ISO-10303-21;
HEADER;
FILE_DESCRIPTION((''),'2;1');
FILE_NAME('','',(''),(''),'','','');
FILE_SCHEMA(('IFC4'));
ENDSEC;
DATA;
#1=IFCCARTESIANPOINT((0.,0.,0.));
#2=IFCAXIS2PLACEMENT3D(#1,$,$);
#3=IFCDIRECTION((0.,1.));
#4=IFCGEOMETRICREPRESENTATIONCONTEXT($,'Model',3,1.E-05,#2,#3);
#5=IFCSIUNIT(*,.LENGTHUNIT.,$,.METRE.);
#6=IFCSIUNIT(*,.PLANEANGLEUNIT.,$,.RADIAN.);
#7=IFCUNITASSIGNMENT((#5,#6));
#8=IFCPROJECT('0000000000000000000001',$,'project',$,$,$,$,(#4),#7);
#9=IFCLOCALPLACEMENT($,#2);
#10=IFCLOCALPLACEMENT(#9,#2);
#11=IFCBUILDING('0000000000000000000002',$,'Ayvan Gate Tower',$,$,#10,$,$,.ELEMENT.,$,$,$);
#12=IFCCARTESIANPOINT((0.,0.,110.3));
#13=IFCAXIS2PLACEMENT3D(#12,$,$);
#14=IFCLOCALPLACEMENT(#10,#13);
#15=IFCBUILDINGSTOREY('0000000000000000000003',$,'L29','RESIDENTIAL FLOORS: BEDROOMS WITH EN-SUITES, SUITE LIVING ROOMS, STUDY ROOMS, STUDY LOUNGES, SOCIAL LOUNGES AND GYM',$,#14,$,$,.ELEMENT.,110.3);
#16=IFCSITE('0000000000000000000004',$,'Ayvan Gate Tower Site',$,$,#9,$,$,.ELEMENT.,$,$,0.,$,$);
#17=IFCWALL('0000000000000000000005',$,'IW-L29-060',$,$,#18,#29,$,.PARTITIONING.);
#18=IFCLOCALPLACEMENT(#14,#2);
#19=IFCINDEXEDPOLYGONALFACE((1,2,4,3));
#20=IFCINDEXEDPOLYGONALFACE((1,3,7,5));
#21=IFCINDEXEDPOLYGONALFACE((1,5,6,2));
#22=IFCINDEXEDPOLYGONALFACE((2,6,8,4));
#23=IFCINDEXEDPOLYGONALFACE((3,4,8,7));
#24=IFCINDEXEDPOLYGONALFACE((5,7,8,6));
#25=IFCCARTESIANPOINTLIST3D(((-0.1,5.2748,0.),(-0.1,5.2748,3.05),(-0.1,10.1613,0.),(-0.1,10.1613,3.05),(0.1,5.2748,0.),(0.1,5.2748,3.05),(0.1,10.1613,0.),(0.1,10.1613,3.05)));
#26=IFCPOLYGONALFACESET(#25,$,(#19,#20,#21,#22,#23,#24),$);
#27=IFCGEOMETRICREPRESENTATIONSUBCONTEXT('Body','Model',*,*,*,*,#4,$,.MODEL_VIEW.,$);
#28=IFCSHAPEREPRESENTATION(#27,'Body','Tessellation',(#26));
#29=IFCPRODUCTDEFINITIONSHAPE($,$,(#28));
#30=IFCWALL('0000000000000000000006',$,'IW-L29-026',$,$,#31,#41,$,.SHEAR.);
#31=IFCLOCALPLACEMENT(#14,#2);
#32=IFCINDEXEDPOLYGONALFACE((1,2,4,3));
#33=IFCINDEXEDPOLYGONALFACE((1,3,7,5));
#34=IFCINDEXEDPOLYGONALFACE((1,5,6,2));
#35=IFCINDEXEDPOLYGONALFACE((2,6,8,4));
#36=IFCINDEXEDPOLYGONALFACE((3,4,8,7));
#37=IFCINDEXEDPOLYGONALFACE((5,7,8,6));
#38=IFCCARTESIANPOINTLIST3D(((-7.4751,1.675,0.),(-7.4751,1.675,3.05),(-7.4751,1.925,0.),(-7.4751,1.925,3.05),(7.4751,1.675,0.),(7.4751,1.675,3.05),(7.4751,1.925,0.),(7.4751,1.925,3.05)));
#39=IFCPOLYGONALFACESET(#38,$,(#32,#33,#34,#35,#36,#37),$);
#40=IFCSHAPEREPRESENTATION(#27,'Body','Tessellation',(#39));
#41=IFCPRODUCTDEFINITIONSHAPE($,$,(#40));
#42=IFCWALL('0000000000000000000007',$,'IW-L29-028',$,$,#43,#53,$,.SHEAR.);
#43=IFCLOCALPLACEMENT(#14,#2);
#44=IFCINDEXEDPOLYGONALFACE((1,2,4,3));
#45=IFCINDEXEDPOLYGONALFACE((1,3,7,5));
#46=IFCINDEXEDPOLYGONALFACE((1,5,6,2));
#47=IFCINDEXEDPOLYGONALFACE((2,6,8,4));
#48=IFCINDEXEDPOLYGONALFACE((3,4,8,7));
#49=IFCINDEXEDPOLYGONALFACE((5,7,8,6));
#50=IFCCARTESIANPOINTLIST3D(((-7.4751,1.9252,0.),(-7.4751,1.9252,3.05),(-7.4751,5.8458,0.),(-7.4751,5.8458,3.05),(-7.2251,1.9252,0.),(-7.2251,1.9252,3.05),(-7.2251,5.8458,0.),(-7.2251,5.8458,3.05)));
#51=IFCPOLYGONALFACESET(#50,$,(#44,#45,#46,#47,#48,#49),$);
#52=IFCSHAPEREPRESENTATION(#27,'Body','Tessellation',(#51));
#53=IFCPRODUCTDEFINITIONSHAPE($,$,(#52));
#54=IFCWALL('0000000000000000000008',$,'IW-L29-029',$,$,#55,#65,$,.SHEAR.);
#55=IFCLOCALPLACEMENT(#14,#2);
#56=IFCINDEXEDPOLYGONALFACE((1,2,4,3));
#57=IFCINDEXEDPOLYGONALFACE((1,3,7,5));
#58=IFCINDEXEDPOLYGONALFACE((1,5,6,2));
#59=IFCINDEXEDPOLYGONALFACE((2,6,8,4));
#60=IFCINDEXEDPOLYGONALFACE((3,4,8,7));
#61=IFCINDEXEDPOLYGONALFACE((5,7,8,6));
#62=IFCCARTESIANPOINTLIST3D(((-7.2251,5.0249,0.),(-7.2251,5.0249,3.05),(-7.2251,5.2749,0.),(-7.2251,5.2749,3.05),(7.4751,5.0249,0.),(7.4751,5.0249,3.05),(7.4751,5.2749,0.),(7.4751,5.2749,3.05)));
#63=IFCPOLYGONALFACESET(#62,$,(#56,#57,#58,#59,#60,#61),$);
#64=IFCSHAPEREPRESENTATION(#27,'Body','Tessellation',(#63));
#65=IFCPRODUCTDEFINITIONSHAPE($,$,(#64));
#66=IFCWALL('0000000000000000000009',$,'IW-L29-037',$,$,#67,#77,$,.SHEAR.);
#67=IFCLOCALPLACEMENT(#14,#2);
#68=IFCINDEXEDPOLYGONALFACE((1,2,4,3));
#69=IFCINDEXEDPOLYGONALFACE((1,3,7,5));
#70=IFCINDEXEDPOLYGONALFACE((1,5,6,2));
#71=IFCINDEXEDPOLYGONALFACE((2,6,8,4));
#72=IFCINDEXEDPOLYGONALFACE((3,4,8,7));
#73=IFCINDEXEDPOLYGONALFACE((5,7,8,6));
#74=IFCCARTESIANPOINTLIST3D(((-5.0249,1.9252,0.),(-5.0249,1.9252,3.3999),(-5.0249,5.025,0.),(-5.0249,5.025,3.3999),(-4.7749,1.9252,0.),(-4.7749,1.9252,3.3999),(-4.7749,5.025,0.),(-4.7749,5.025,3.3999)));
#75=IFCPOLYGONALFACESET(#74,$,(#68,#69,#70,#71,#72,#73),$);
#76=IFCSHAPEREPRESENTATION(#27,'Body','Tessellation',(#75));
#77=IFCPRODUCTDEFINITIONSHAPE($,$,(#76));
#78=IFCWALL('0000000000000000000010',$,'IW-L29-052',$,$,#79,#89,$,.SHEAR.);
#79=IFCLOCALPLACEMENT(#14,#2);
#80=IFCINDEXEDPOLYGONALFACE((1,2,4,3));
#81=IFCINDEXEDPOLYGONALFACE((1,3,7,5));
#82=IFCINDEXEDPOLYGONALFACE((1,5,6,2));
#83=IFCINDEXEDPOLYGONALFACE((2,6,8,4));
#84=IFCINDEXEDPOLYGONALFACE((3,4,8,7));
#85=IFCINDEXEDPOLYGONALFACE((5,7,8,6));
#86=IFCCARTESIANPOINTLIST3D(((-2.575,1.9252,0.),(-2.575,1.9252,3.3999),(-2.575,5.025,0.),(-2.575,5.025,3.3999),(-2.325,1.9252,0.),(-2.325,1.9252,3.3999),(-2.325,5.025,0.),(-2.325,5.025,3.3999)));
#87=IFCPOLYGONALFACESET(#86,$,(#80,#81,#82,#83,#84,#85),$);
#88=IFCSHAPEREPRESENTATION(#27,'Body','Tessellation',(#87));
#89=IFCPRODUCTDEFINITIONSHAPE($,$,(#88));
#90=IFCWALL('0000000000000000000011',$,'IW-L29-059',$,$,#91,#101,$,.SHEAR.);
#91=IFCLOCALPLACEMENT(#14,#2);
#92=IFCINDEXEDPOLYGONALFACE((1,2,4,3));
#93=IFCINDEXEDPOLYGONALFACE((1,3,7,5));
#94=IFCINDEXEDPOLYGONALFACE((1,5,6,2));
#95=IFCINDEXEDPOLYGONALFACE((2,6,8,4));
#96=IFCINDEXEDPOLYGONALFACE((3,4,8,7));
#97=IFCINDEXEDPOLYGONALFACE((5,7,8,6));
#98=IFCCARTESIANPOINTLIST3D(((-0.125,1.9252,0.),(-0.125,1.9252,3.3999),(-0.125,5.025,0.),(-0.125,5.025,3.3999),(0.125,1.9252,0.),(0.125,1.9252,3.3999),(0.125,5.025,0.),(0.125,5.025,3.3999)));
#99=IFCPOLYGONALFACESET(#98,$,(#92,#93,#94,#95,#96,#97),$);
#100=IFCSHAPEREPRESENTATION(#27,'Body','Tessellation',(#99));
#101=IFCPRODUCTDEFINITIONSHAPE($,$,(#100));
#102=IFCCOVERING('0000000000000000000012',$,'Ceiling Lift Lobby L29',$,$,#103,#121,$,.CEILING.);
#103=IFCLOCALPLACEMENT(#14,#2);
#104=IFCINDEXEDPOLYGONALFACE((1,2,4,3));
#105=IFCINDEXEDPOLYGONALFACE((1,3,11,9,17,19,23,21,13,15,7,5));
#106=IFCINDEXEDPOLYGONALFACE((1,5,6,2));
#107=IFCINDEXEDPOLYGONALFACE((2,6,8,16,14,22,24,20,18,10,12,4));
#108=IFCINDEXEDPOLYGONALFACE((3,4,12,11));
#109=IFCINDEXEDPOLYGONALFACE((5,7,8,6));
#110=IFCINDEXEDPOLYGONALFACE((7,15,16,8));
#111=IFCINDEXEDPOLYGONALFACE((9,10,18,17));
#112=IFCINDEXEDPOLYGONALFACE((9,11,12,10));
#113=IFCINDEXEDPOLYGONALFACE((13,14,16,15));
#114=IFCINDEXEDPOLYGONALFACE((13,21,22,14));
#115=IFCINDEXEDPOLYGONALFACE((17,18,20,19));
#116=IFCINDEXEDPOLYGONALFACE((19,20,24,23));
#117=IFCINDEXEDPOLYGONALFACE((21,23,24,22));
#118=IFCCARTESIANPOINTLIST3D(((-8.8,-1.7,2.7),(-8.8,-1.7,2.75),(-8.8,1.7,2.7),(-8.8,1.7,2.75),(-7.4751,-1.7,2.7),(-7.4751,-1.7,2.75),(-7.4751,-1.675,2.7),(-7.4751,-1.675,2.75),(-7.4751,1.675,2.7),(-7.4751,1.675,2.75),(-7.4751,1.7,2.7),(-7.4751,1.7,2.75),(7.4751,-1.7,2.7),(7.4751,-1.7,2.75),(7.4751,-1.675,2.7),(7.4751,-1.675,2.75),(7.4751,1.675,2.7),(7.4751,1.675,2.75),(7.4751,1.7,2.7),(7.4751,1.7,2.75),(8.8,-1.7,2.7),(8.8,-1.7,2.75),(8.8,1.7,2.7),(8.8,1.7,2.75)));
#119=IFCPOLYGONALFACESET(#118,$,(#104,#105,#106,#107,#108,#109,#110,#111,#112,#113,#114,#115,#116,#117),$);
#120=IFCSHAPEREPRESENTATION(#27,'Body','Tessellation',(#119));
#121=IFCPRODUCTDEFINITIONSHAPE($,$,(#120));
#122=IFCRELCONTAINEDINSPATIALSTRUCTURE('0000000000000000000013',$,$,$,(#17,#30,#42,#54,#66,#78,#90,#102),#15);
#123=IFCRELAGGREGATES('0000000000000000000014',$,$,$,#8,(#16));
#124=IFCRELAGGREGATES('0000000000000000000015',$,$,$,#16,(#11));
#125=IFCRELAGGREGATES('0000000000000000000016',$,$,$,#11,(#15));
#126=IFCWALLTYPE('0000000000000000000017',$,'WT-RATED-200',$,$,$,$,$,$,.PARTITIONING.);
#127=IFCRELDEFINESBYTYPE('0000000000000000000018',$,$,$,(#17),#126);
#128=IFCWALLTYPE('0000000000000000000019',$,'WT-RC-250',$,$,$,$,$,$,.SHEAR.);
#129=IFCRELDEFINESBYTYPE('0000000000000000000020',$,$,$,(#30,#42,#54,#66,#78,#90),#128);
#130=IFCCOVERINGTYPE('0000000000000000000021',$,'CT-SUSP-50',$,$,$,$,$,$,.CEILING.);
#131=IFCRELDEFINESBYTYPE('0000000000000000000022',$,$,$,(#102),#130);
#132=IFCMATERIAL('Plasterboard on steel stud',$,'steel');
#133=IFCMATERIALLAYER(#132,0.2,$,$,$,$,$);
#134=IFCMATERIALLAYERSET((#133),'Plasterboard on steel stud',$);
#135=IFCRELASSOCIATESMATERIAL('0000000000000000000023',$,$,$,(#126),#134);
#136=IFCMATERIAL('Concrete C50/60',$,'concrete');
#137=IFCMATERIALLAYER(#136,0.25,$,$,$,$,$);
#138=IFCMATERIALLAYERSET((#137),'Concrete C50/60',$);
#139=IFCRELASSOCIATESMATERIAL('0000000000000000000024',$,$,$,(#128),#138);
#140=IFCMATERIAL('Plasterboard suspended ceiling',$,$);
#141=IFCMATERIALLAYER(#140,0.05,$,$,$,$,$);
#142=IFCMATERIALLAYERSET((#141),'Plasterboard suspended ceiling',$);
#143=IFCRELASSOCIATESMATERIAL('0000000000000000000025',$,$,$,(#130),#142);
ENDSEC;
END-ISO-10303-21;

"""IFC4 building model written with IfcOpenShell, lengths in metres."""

from ifc_helpers import new_model, si_unit, direction, frame, frame_2d, origin, place, context, subcontext, project, spatial, polyline, rectangle, outline, extrude, material, layer, layer_set, type_object, element, save


model = new_model("IFC4")

# Units and contexts
model_context = context("Model", 3, precision=1e-05, world=origin(), true_north=direction((0.0, 1.0)))
body_context = subcontext(model_context, "Body", "Model", "MODEL_VIEW")
ifc_project = project(units=[si_unit("LENGTHUNIT", "METRE"), si_unit("PLANEANGLEUNIT", "RADIAN")], contexts=[model_context])

# Site, building, storey
site_placement = place(None, origin())
site = spatial("IfcSite", under=ifc_project, at=site_placement, Name="Ayvan Gate Tower Site", CompositionType="ELEMENT", RefElevation=0.0)
building_placement = place(site_placement, origin())
building = spatial("IfcBuilding", under=site, at=building_placement, Name="Ayvan Gate Tower", CompositionType="ELEMENT")
storey_placement = place(building_placement, frame((0.0, 0.0, 110.3)))
storey = spatial("IfcBuildingStorey", under=building, at=storey_placement, Name="L29", Description="RESIDENTIAL FLOORS: BEDROOMS WITH EN-SUITES, SUITE LIVING ROOMS, STUDY ROOMS, STUDY LOUNGES, SOCIAL LOUNGES AND GYM", CompositionType="ELEMENT", Elevation=110.3)

# Shared definitions
ifc_material_1 = material(Name="Plasterboard on steel stud", Category="steel")

# Walls
ifc_layer_1 = layer(ifc_material_1, 0.2)
ifc_layer_set_1 = layer_set([ifc_layer_1], Name="Plasterboard on steel stud")
wall_type_1 = type_object("IfcWallType", Name="WT-RATED-200", PredefinedType="PARTITIONING", material=ifc_layer_set_1)
wall_1_placement = place(storey_placement, frame((0.0, 10.1614, 0.0), z_axis=(0.0, 0.0, 1.0), x_axis=(0.0, -1.0, 0.0)))
element("IfcWall", 1, at=wall_1_placement, inside=storey, type_object=wall_type_1, Name="IW-L29-060", PredefinedType="PARTITIONING", context=body_context, shape_type="SweptSolid", body=[
    extrude(rectangle(XDim=4.8865, YDim=0.2, at=frame_2d((2.4434, 0.0))), origin(), (0.0, 0.0, 1.0), 3.05),
])
ifc_material_2 = material(Name="Concrete C50/60", Category="concrete")
ifc_layer_2 = layer(ifc_material_2, 0.25)
ifc_layer_set_2 = layer_set([ifc_layer_2], Name="Concrete C50/60")
wall_type_2 = type_object("IfcWallType", Name="WT-RC-250", PredefinedType="SHEAR", material=ifc_layer_set_2)
wall_2_placement = place(storey_placement, frame((-7.4751, 1.8, 0.0), z_axis=(0.0, 0.0, 1.0), x_axis=(1.0, 0.0, 0.0)))
element("IfcWall", 2, at=wall_2_placement, inside=storey, type_object=wall_type_2, Name="IW-L29-026", PredefinedType="SHEAR", context=body_context, shape_type="SweptSolid", body=[
    extrude(rectangle(XDim=14.9502, YDim=0.25, at=frame_2d((7.4751, 0.0))), origin(), (0.0, 0.0, 1.0), 3.05),
])
wall_3_placement = place(storey_placement, frame((-7.3501, 1.925, 0.0), z_axis=(0.0, 0.0, 1.0), x_axis=(0.0, 1.0, 0.0)))
element("IfcWall", 3, at=wall_3_placement, inside=storey, type_object=wall_type_2, Name="IW-L29-028", PredefinedType="SHEAR", context=body_context, shape_type="SweptSolid", body=[
    extrude(rectangle(XDim=3.9207, YDim=0.25, at=frame_2d((1.9604, 0.0))), origin(), (0.0, 0.0, 1.0), 3.05),
])
wall_4_placement = place(storey_placement, frame((-7.2251, 5.1499, 0.0), z_axis=(0.0, 0.0, 1.0), x_axis=(1.0, 0.0, 0.0)))
element("IfcWall", 4, at=wall_4_placement, inside=storey, type_object=wall_type_2, Name="IW-L29-029", PredefinedType="SHEAR", context=body_context, shape_type="SweptSolid", body=[
    extrude(rectangle(XDim=14.7002, YDim=0.25, at=frame_2d((7.3501, 0.0))), origin(), (0.0, 0.0, 1.0), 3.05),
])
for number, where, z_axis, x_axis, name in (
    (5, (-4.8999, 5.0249, 0.0), (0.0, 0.0, 1.0), (0.0, -1.0, 0.0), "IW-L29-037"),
    (6, (-2.45, 5.0249, 0.0), (0.0, 0.0, 1.0), (0.0, -1.0, 0.0), "IW-L29-052"),
    (7, (0.0, 5.0249, 0.0), (0.0, 0.0, 1.0), (0.0, -1.0, 0.0), "IW-L29-059"),
):
    element("IfcWall", number, at=place(storey_placement, frame(where, z_axis=z_axis, x_axis=x_axis)), inside=storey, type_object=wall_type_2, Name=name, PredefinedType="SHEAR", context=body_context, shape_type="SweptSolid", body=[
        extrude(rectangle(XDim=3.0999, YDim=0.25, at=frame_2d((1.5498, 0.0))), origin(), (0.0, 0.0, 1.0), 3.3999),
    ])

# Covering
ifc_material_3 = material(Name="Plasterboard suspended ceiling")
ifc_layer_3 = layer(ifc_material_3, 0.05)
ifc_layer_set_3 = layer_set([ifc_layer_3], Name="Plasterboard suspended ceiling")
covering_type = type_object("IfcCoveringType", Name="CT-SUSP-50", PredefinedType="CEILING", material=ifc_layer_set_3)
covering_1_placement = place(storey_placement, frame((0.0, 0.0, 2.7)))
element("IfcCovering", 8, at=covering_1_placement, inside=storey, type_object=covering_type, Name="Ceiling Lift Lobby L29", PredefinedType="CEILING", context=body_context, shape_type="SweptSolid", body=[
    extrude(outline(polyline([(7.4751, -1.675), (-7.4751, -1.675), (-7.4751, -1.7), (-8.8, -1.7), (-8.8, 1.7), (-7.4751, 1.7), (-7.4751, 1.675), (7.4751, 1.675), (7.4751, 1.7), (8.8, 1.7), (8.8, -1.7), (7.4751, -1.7), (7.4751, -1.675)])), origin(), (0.0, 0.0, 1.0), 0.05),
])

save(model, "model.ifc")
